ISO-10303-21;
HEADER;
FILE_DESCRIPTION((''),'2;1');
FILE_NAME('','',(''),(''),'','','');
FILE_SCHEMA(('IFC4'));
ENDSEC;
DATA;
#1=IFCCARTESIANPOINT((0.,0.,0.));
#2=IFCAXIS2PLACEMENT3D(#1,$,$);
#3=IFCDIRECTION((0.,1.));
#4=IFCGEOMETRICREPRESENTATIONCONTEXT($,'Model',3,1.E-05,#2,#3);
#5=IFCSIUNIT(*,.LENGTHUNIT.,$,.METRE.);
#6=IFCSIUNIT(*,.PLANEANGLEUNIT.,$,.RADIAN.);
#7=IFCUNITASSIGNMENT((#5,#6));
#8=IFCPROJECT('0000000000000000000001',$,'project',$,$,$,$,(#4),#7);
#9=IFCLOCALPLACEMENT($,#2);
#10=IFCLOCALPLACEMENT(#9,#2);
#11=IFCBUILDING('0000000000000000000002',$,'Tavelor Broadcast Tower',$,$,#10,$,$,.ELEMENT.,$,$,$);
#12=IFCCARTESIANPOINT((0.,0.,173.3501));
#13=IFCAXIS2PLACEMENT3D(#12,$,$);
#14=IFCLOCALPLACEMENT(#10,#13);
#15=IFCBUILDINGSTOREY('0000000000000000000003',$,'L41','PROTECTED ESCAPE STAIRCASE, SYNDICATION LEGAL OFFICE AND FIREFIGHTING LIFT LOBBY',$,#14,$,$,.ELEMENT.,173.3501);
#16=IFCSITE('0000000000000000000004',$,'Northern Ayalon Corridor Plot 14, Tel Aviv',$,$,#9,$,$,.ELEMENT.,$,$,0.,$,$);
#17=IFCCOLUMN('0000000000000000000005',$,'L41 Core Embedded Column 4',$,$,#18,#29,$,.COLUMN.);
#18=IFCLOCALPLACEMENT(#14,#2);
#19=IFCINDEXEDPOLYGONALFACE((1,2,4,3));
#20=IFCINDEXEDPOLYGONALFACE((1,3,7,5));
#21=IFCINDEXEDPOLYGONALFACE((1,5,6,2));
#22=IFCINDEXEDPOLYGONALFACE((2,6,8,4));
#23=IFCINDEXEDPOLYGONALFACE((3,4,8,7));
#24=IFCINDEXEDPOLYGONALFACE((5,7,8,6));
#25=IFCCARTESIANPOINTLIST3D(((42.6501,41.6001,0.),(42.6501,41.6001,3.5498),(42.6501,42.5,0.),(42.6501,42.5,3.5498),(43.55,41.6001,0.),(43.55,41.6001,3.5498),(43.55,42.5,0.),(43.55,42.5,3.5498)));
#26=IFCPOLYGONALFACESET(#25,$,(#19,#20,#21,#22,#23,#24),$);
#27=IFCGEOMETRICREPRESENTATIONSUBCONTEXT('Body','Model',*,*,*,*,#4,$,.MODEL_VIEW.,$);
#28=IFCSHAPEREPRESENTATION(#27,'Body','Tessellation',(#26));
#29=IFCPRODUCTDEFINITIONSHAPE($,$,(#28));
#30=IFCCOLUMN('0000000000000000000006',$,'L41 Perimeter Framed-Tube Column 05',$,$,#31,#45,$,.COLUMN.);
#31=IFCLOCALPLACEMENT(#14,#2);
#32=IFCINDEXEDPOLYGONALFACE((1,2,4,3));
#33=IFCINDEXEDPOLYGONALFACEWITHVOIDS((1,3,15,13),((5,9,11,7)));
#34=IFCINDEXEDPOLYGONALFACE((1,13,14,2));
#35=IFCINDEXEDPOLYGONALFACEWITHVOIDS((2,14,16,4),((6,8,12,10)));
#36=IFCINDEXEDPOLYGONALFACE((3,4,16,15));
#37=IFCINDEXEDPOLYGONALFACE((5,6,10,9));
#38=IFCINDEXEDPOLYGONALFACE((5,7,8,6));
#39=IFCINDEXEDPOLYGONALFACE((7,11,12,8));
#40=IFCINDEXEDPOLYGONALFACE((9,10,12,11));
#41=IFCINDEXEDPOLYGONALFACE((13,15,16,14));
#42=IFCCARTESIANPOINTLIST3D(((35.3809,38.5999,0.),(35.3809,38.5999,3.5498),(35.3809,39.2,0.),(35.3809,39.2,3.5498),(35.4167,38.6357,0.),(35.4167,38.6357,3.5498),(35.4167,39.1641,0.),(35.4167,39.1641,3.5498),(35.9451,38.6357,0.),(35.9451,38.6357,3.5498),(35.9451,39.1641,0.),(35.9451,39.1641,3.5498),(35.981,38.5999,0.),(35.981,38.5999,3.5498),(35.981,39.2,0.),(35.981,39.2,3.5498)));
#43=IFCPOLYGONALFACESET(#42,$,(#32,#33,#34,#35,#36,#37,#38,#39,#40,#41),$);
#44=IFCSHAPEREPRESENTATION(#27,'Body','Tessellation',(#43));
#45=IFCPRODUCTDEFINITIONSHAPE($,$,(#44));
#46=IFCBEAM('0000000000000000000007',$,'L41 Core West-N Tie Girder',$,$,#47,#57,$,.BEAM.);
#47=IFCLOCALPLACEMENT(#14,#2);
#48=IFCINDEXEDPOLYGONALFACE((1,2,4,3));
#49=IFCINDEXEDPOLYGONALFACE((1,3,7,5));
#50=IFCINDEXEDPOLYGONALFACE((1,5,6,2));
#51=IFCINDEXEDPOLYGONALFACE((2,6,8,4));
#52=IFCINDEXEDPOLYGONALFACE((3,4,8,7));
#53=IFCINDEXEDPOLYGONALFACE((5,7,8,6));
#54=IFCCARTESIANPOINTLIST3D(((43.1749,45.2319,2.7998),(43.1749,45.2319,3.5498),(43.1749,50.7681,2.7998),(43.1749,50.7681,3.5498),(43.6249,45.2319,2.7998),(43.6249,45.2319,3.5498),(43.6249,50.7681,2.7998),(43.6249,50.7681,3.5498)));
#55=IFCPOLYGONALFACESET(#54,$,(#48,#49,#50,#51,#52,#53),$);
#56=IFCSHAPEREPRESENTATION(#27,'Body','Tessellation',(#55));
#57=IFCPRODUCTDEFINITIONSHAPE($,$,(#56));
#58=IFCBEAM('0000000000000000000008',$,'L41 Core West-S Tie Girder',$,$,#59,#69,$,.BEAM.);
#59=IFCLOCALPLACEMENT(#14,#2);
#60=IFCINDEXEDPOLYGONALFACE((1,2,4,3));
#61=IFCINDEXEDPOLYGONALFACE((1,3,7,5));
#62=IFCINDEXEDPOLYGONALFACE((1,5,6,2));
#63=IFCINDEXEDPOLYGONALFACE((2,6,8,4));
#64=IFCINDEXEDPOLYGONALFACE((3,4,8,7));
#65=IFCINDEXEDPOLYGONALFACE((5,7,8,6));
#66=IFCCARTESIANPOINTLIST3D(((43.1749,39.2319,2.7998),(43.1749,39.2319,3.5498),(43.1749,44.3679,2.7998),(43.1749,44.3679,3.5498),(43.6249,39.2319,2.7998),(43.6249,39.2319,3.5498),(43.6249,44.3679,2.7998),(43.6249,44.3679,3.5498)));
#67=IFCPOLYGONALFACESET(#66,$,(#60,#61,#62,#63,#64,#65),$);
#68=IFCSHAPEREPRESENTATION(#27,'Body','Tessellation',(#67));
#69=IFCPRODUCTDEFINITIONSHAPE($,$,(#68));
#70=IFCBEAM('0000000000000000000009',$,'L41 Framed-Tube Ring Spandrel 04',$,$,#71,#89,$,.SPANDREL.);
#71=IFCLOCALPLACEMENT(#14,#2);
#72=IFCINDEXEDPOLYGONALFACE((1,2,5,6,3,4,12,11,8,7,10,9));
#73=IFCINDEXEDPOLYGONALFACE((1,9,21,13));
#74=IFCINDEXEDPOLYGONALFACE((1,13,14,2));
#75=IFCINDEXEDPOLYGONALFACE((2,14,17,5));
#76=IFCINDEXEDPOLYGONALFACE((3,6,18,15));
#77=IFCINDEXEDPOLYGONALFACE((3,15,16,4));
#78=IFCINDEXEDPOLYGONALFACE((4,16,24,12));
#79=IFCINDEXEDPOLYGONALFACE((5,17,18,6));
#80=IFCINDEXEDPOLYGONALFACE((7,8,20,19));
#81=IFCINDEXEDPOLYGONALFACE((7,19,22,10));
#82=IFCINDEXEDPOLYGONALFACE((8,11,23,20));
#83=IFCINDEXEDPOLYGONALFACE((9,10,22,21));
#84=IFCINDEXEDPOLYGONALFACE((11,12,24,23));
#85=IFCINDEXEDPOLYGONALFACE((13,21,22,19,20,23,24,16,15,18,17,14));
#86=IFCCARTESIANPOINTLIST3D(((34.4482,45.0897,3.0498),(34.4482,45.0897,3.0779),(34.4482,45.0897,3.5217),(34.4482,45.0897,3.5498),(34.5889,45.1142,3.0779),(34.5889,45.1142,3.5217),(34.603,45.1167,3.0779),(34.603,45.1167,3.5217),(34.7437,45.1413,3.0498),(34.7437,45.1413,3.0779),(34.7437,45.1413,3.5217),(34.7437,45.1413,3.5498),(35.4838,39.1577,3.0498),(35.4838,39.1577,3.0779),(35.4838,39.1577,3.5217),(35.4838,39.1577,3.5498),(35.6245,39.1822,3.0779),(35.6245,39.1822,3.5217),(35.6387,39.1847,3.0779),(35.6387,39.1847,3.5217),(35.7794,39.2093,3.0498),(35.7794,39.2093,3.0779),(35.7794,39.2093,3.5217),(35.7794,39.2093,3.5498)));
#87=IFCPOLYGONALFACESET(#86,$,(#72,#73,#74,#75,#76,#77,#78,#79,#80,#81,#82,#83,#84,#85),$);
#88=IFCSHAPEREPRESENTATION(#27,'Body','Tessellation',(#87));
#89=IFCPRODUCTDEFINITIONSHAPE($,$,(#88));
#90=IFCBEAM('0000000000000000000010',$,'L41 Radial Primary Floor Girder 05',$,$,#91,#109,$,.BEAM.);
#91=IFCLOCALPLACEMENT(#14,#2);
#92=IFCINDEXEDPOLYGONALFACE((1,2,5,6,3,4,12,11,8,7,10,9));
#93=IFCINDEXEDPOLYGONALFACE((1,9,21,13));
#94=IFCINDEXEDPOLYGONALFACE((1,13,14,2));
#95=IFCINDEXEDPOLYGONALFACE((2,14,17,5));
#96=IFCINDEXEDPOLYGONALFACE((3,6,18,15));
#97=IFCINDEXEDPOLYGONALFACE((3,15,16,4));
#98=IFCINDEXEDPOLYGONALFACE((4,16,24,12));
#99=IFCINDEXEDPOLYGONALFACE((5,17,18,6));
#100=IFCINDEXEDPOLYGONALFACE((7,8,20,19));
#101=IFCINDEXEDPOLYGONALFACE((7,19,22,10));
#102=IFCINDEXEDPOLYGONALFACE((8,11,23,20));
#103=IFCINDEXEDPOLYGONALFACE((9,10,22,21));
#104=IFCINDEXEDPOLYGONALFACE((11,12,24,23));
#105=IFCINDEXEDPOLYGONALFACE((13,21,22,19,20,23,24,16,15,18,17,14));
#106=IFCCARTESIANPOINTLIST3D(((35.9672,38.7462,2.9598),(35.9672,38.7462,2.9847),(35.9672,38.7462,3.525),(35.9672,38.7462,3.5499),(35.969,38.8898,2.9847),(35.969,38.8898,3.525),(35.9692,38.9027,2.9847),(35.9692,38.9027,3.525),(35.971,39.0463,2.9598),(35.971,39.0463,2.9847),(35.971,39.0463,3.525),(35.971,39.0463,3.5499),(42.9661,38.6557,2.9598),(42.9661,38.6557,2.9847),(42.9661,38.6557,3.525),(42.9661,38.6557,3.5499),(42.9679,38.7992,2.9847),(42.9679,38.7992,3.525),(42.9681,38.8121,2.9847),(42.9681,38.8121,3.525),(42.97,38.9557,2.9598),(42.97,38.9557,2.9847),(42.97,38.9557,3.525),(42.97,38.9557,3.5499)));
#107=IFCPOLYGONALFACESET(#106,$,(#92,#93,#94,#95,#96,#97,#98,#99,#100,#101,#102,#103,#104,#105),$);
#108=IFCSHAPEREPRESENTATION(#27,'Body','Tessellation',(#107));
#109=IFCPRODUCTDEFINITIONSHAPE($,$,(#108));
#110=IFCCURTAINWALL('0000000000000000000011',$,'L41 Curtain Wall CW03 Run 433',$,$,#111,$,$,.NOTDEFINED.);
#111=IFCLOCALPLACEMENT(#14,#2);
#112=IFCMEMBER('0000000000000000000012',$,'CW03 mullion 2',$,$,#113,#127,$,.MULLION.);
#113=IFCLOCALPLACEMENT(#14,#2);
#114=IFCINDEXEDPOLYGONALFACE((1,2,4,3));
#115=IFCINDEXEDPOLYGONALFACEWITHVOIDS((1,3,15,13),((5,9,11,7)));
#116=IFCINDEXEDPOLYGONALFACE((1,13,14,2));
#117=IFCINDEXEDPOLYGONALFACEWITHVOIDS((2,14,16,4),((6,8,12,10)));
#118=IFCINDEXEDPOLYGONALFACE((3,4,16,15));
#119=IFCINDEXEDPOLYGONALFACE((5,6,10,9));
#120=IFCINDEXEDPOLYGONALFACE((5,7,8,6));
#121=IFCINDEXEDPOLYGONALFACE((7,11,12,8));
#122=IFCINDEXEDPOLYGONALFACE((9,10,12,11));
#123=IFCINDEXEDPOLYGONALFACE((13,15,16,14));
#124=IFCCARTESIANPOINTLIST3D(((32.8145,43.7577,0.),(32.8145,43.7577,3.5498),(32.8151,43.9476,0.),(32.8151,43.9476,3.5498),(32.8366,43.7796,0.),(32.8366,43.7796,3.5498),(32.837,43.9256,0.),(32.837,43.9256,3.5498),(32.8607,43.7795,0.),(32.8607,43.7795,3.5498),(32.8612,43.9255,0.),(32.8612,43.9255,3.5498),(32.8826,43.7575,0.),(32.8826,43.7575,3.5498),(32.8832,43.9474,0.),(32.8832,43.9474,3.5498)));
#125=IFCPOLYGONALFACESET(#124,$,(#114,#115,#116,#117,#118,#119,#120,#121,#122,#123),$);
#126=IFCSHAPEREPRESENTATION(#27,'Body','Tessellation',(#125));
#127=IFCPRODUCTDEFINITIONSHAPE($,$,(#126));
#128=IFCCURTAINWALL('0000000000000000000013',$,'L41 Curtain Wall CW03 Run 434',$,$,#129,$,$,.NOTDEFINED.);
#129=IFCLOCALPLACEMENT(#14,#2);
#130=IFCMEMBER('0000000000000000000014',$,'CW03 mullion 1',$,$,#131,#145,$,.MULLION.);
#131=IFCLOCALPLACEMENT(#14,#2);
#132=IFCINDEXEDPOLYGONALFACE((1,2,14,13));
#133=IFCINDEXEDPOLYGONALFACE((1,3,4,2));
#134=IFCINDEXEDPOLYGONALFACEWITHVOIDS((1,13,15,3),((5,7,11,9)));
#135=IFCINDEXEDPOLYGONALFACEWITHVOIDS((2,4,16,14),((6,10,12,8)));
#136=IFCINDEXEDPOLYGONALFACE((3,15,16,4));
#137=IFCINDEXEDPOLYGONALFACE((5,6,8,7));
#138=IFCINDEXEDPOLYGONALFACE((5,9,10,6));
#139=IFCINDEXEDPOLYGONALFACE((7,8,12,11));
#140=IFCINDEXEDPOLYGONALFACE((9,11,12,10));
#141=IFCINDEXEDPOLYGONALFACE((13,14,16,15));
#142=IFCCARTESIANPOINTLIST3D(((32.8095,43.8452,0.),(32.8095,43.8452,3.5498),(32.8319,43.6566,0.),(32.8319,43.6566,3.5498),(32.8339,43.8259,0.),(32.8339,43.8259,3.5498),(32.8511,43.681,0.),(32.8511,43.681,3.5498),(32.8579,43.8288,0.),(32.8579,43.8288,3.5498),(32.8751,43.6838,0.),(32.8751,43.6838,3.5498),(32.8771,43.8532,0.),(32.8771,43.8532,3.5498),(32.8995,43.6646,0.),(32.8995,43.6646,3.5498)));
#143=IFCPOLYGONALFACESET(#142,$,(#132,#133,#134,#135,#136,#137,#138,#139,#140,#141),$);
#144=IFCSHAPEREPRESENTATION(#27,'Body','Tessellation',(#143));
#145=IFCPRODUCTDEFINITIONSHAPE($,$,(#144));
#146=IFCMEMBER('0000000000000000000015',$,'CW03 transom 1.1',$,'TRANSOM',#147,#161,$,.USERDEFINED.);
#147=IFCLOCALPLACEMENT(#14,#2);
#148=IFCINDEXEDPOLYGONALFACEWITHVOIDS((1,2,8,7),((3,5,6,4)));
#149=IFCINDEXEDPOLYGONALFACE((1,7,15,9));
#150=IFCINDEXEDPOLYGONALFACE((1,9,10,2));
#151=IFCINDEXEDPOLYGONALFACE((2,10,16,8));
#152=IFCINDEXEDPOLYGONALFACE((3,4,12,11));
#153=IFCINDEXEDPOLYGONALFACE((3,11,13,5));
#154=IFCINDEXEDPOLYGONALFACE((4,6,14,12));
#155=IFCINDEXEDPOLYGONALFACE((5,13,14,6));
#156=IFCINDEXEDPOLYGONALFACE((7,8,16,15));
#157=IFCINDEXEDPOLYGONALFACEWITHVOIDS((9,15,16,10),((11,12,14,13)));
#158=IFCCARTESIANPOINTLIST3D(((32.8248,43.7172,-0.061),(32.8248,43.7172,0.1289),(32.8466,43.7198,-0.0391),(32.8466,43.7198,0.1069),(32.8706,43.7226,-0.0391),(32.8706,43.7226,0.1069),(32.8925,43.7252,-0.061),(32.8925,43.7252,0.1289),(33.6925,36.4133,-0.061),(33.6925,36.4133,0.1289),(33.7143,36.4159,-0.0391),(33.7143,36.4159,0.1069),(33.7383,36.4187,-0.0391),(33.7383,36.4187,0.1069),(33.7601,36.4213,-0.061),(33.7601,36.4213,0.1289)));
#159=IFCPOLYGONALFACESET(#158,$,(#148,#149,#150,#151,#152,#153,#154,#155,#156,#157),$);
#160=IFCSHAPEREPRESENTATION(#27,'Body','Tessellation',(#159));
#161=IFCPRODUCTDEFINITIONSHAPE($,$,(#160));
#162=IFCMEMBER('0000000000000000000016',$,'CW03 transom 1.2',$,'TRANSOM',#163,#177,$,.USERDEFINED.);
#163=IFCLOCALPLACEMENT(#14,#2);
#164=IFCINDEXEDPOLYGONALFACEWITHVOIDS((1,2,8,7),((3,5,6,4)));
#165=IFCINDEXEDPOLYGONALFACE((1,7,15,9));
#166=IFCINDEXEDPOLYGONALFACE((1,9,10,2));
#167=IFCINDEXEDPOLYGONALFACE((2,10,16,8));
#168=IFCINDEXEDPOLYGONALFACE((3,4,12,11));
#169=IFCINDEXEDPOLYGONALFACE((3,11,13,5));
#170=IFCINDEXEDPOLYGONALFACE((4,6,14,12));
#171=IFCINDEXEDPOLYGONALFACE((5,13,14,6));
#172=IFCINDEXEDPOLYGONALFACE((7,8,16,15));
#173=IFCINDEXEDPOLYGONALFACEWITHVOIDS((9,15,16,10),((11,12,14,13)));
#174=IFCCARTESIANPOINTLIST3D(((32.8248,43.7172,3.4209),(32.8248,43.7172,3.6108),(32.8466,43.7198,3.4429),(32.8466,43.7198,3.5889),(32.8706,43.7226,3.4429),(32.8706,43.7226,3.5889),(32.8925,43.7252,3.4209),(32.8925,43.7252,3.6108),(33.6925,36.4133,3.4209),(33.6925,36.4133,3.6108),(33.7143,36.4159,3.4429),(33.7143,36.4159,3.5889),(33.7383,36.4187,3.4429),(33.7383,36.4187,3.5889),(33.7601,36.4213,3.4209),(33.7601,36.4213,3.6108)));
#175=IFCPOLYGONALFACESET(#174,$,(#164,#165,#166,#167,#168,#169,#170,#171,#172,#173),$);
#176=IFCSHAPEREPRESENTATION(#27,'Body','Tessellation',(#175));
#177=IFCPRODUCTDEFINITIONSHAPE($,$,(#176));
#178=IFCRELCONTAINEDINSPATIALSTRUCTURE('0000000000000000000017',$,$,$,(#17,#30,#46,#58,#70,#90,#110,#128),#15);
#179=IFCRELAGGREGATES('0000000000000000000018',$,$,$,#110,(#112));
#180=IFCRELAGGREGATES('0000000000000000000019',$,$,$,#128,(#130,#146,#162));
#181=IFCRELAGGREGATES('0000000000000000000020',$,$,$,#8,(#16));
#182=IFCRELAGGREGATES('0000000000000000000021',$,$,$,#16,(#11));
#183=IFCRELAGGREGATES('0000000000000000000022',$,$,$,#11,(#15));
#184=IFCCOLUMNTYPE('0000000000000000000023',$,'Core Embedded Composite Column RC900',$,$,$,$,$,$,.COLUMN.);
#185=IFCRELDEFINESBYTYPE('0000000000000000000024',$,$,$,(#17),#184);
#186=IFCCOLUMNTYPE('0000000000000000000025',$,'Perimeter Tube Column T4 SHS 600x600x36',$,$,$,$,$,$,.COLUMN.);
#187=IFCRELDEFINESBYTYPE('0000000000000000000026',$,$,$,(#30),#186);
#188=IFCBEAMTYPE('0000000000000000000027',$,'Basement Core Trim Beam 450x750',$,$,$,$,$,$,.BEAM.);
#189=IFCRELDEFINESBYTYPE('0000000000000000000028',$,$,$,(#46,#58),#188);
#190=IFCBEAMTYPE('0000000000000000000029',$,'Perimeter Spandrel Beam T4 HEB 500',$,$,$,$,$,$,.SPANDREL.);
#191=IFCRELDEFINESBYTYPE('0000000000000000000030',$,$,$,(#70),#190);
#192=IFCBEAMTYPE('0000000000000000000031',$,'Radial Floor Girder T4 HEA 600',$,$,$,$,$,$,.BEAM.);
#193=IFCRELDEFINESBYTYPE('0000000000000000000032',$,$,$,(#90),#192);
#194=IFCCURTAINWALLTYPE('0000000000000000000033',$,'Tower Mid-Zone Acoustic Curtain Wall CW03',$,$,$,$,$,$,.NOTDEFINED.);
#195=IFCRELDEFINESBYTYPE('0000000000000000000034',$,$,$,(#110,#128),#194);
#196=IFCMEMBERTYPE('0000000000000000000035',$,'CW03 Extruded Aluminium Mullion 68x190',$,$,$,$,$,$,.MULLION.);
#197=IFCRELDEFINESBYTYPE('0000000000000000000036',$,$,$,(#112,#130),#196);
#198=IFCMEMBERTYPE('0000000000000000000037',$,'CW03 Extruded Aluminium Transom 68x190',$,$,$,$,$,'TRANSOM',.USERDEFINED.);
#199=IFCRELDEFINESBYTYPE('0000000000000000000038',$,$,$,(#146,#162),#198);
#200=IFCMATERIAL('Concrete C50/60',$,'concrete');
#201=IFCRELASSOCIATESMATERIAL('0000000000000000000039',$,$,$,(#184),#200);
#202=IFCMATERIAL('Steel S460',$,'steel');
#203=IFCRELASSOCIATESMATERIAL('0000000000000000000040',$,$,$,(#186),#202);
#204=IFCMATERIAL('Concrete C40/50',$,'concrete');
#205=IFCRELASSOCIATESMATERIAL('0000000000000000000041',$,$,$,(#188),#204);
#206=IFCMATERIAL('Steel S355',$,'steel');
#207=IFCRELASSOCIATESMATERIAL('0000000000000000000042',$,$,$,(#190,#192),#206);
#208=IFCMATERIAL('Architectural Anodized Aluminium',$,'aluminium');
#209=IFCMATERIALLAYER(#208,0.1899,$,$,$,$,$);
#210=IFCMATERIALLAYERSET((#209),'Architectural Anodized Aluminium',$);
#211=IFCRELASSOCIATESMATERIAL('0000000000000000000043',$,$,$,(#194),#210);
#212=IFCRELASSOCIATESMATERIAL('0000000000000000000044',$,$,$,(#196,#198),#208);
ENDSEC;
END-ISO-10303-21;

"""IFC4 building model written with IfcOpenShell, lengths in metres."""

from ifc_helpers import new_model, si_unit, direction, frame, origin, origin_2d, place, context, subcontext, project, spatial, rectangle, hollow_rectangle, i_section, extrude, source, transform, mapped, material, layer, layer_set, material_profile, profile_set, type_object, type_shapes, element, aggregate, save


model = new_model("IFC4")

# Units and contexts
model_context = context("Model", 3, precision=1e-05, world=origin(), true_north=direction((0.0, 1.0)))
body_context = subcontext(model_context, "Body", "Model", "MODEL_VIEW")
ifc_project = project(units=[si_unit("LENGTHUNIT", "METRE"), si_unit("PLANEANGLEUNIT", "RADIAN")], contexts=[model_context])

# Site, building, storey
site_placement = place(None, origin())
site = spatial("IfcSite", under=ifc_project, at=site_placement, Name="Northern Ayalon Corridor Plot 14, Tel Aviv", CompositionType="ELEMENT", RefElevation=0.0)
building_placement = place(site_placement, origin())
building = spatial("IfcBuilding", under=site, at=building_placement, Name="Tavelor Broadcast Tower", CompositionType="ELEMENT")
storey_placement = place(building_placement, frame((0.0, 0.0, 173.3501)))
storey = spatial("IfcBuildingStorey", under=building, at=storey_placement, Name="L41", Description="PROTECTED ESCAPE STAIRCASE, SYNDICATION LEGAL OFFICE AND FIREFIGHTING LIFT LOBBY", CompositionType="ELEMENT", Elevation=173.3501)

# Columns
ifc_material_1 = material(Name="Concrete C50/60", Category="concrete")
ifc_material_profile_1 = material_profile(ifc_material_1, rectangle(XDim=0.8999, YDim=0.8999, at=origin_2d()), Name="RC 900x900")
ifc_profile_set_1 = profile_set([ifc_material_profile_1], Name="Concrete C50/60")
column_type_1 = type_object("IfcColumnType", Name="Core Embedded Composite Column RC900", PredefinedType="COLUMN", material=ifc_profile_set_1)
column_1_placement = place(storey_placement, frame((43.1001, 42.05, 0.0), z_axis=(0.0, 0.0, 1.0), x_axis=(1.0, 0.0, 0.0)))
element("IfcColumn", 1, at=column_1_placement, inside=storey, type_object=column_type_1, Name="L41 Core Embedded Column 4", PredefinedType="COLUMN", context=body_context, shape_type="SweptSolid", body=[
    extrude(rectangle(XDim=0.8999, YDim=0.8999, at=origin_2d()), origin(), (0.0, 0.0, 1.0), 3.5498),
])
ifc_material_2 = material(Name="Steel S460", Category="steel")
ifc_material_profile_2 = material_profile(ifc_material_2, hollow_rectangle(XDim=0.6001, YDim=0.6001, WallThickness=0.0359, at=origin_2d()), Name="SHS 600x600x36")
ifc_profile_set_2 = profile_set([ifc_material_profile_2], Name="Steel S460")
column_type_2 = type_object("IfcColumnType", Name="Perimeter Tube Column T4 SHS 600x600x36", PredefinedType="COLUMN", material=ifc_profile_set_2)
column_2_placement = place(storey_placement, frame((35.6809, 38.8999, 0.0), z_axis=(0.0, 0.0, 1.0), x_axis=(1.0, 0.0, 0.0)))
element("IfcColumn", 2, at=column_2_placement, inside=storey, type_object=column_type_2, Name="L41 Perimeter Framed-Tube Column 05", PredefinedType="COLUMN", context=body_context, shape_type="SweptSolid", body=[
    extrude(hollow_rectangle(XDim=0.6001, YDim=0.6001, WallThickness=0.0359, at=origin_2d()), origin(), (0.0, 0.0, 1.0), 3.5498),
])

# Beams
ifc_material_3 = material(Name="Concrete C40/50", Category="concrete")
ifc_material_profile_3 = material_profile(ifc_material_3, rectangle(XDim=0.45, YDim=0.75, at=origin_2d()), Name="RC 450x750")
ifc_profile_set_3 = profile_set([ifc_material_profile_3], Name="Concrete C40/50")
beam_type_1 = type_object("IfcBeamType", Name="Basement Core Trim Beam 450x750", PredefinedType="BEAM", material=ifc_profile_set_3)
beam_1_placement = place(storey_placement, frame((43.3999, 45.2319, 3.1748), z_axis=(0.0, 1.0, 0.0), x_axis=(-1.0, 0.0, 0.0)))
element("IfcBeam", 3, at=beam_1_placement, inside=storey, type_object=beam_type_1, Name="L41 Core West-N Tie Girder", PredefinedType="BEAM", context=body_context, shape_type="SweptSolid", body=[
    extrude(rectangle(XDim=0.45, YDim=0.75, at=origin_2d()), origin(), (0.0, 0.0, 1.0), 5.5361),
])
beam_2_placement = place(storey_placement, frame((43.3999, 39.2319, 3.1748), z_axis=(0.0, 1.0, 0.0), x_axis=(-1.0, 0.0, 0.0)))
element("IfcBeam", 4, at=beam_2_placement, inside=storey, type_object=beam_type_1, Name="L41 Core West-S Tie Girder", PredefinedType="BEAM", context=body_context, shape_type="SweptSolid", body=[
    extrude(rectangle(XDim=0.45, YDim=0.75, at=origin_2d()), origin(), (0.0, 0.0, 1.0), 5.136),
])
ifc_material_4 = material(Name="Steel S355", Category="steel")
ifc_material_profile_4 = material_profile(ifc_material_4, i_section(OverallWidth=0.3, OverallDepth=0.5, WebThickness=0.0144, FlangeThickness=0.0281, at=origin_2d()), Name="HEB 500")
ifc_profile_set_4 = profile_set([ifc_material_profile_4], Name="Steel S355")
beam_type_2 = type_object("IfcBeamType", Name="Perimeter Spandrel Beam T4 HEB 500", PredefinedType="SPANDREL", material=ifc_profile_set_4)
beam_3_placement = place(storey_placement, frame((34.5959, 45.1155, 3.2998), z_axis=(0.171988, -0.985099, 0.0), x_axis=(0.985099, 0.171988, 0.0)))
element("IfcBeam", 5, at=beam_3_placement, inside=storey, type_object=beam_type_2, Name="L41 Framed-Tube Ring Spandrel 04", PredefinedType="SPANDREL", context=body_context, shape_type="SweptSolid", body=[
    extrude(i_section(OverallWidth=0.3, OverallDepth=0.5, WebThickness=0.0144, FlangeThickness=0.0281, at=origin_2d()), origin(), (0.0, 0.0, 1.0), 6.0217),
])
ifc_material_profile_5 = material_profile(ifc_material_4, i_section(OverallWidth=0.3, OverallDepth=0.5901, WebThickness=0.0129, FlangeThickness=0.0249, at=origin_2d()), Name="HEA 600")
ifc_profile_set_5 = profile_set([ifc_material_profile_5], Name="Steel S355")
beam_type_3 = type_object("IfcBeamType", Name="Radial Floor Girder T4 HEA 600", PredefinedType="BEAM", material=ifc_profile_set_5)
beam_4_placement = place(storey_placement, frame((42.968, 38.8057, 3.2549), z_axis=(-0.999916, 0.01294, 0.0), x_axis=(-0.01294, -0.999916, 0.0)))
element("IfcBeam", 6, at=beam_4_placement, inside=storey, type_object=beam_type_3, Name="L41 Radial Primary Floor Girder 05", PredefinedType="BEAM", context=body_context, shape_type="SweptSolid", body=[
    extrude(i_section(OverallWidth=0.3, OverallDepth=0.5901, WebThickness=0.0129, FlangeThickness=0.0249, at=origin_2d()), origin(), (0.0, 0.0, 1.0), 6.9995),
])

# Curtain wall, member
ifc_material_5 = material(Name="Architectural Anodized Aluminium", Category="aluminium")
ifc_layer_1 = layer(ifc_material_5, 0.1899)
ifc_layer_set_1 = layer_set([ifc_layer_1], Name="Architectural Anodized Aluminium")
curtain_wall_type = type_object("IfcCurtainWallType", Name="Tower Mid-Zone Acoustic Curtain Wall CW03", PredefinedType="NOTDEFINED", material=ifc_layer_set_1)
curtain_wall_1_placement = place(storey_placement, origin())
curtain_wall_1 = element("IfcCurtainWall", 7, at=curtain_wall_1_placement, inside=storey, type_object=curtain_wall_type, Name="L41 Curtain Wall CW03 Run 433", PredefinedType="NOTDEFINED")
ifc_material_profile_6 = material_profile(ifc_material_5, hollow_rectangle(XDim=0.0681, YDim=0.1899, WallThickness=0.022, at=origin_2d()), Name="RHS 68x190x22")
ifc_profile_set_6 = profile_set([ifc_material_profile_6], Name="Architectural Anodized Aluminium")
member_type_1 = type_object("IfcMemberType", Name="CW03 Extruded Aluminium Mullion 68x190", PredefinedType="MULLION", material=ifc_profile_set_6)
shared_shape_1 = source(origin(), body_context, "Body", "SweptSolid", [
    extrude(hollow_rectangle(XDim=0.0681, YDim=0.1899, WallThickness=0.022, at=origin_2d()), origin(), (0.0, 0.0, 1.0), 3.5498),
])
type_shapes(member_type_1, [shared_shape_1])
member_1_placement = place(storey_placement, frame((32.8489, 43.8525, 0.0), z_axis=(0.0, 0.0, 1.0), x_axis=(0.999995, -0.003064, 0.0)))
member_1 = element("IfcMember", 8, at=member_1_placement, type_object=member_type_1, Name="CW03 mullion 2", PredefinedType="MULLION", context=body_context, shape_type="MappedRepresentation", body=[
    mapped(shared_shape_1, transform((0.0, 0.0, 0.0), scale=1.0)),
])
aggregate(curtain_wall_1, [member_1])

# Curtain wall, members
curtain_wall_2_placement = place(storey_placement, origin())
curtain_wall_2 = element("IfcCurtainWall", 9, at=curtain_wall_2_placement, inside=storey, type_object=curtain_wall_type, Name="L41 Curtain Wall CW03 Run 434", PredefinedType="NOTDEFINED")
member_2_placement = place(storey_placement, frame((32.8545, 43.7549, 0.0), z_axis=(0.0, 0.0, 1.0), x_axis=(0.993016, 0.117977, 0.0)))
member_2 = element("IfcMember", 10, at=member_2_placement, type_object=member_type_1, Name="CW03 mullion 1", PredefinedType="MULLION", context=body_context, shape_type="MappedRepresentation", body=[
    mapped(shared_shape_1, transform((0.0, 0.0, 0.0), scale=1.0)),
])
ifc_material_profile_7 = material_profile(ifc_material_5, hollow_rectangle(XDim=0.0681, YDim=0.1899, WallThickness=0.022, at=origin_2d()), Name="RHS 68x190x22")
ifc_profile_set_7 = profile_set([ifc_material_profile_7], Name="Architectural Anodized Aluminium")
member_type_2 = type_object("IfcMemberType", Name="CW03 Extruded Aluminium Transom 68x190", ElementType="TRANSOM", PredefinedType="USERDEFINED", material=ifc_profile_set_7)
shared_shape_2 = source(origin(), body_context, "Body", "SweptSolid", [
    extrude(hollow_rectangle(XDim=0.0681, YDim=0.1899, WallThickness=0.022, at=origin_2d()), origin(), (0.0, 0.0, 1.0), 7.3552),
])
type_shapes(member_type_2, [shared_shape_2])
member_3_placement = place(storey_placement, frame((32.8586, 43.7212, 0.0339), z_axis=(0.117966, -0.993018, 0.0), x_axis=(0.993018, 0.117966, 0.0)))
member_3 = element("IfcMember", 11, at=member_3_placement, type_object=member_type_2, Name="CW03 transom 1.1", ObjectType="TRANSOM", PredefinedType="USERDEFINED", context=body_context, shape_type="MappedRepresentation", body=[
    mapped(shared_shape_2, transform((0.0, 0.0, 0.0), scale=1.0)),
])
member_4_placement = place(storey_placement, frame((32.8586, 43.7212, 3.5159), z_axis=(0.117966, -0.993018, 0.0), x_axis=(0.993018, 0.117966, 0.0)))
member_4 = element("IfcMember", 12, at=member_4_placement, type_object=member_type_2, Name="CW03 transom 1.2", ObjectType="TRANSOM", PredefinedType="USERDEFINED", context=body_context, shape_type="MappedRepresentation", body=[
    mapped(shared_shape_2, transform((0.0, 0.0, 0.0), scale=1.0)),
])

aggregate(curtain_wall_2, [member_2, member_3, member_4])

save(model, "model.ifc")
